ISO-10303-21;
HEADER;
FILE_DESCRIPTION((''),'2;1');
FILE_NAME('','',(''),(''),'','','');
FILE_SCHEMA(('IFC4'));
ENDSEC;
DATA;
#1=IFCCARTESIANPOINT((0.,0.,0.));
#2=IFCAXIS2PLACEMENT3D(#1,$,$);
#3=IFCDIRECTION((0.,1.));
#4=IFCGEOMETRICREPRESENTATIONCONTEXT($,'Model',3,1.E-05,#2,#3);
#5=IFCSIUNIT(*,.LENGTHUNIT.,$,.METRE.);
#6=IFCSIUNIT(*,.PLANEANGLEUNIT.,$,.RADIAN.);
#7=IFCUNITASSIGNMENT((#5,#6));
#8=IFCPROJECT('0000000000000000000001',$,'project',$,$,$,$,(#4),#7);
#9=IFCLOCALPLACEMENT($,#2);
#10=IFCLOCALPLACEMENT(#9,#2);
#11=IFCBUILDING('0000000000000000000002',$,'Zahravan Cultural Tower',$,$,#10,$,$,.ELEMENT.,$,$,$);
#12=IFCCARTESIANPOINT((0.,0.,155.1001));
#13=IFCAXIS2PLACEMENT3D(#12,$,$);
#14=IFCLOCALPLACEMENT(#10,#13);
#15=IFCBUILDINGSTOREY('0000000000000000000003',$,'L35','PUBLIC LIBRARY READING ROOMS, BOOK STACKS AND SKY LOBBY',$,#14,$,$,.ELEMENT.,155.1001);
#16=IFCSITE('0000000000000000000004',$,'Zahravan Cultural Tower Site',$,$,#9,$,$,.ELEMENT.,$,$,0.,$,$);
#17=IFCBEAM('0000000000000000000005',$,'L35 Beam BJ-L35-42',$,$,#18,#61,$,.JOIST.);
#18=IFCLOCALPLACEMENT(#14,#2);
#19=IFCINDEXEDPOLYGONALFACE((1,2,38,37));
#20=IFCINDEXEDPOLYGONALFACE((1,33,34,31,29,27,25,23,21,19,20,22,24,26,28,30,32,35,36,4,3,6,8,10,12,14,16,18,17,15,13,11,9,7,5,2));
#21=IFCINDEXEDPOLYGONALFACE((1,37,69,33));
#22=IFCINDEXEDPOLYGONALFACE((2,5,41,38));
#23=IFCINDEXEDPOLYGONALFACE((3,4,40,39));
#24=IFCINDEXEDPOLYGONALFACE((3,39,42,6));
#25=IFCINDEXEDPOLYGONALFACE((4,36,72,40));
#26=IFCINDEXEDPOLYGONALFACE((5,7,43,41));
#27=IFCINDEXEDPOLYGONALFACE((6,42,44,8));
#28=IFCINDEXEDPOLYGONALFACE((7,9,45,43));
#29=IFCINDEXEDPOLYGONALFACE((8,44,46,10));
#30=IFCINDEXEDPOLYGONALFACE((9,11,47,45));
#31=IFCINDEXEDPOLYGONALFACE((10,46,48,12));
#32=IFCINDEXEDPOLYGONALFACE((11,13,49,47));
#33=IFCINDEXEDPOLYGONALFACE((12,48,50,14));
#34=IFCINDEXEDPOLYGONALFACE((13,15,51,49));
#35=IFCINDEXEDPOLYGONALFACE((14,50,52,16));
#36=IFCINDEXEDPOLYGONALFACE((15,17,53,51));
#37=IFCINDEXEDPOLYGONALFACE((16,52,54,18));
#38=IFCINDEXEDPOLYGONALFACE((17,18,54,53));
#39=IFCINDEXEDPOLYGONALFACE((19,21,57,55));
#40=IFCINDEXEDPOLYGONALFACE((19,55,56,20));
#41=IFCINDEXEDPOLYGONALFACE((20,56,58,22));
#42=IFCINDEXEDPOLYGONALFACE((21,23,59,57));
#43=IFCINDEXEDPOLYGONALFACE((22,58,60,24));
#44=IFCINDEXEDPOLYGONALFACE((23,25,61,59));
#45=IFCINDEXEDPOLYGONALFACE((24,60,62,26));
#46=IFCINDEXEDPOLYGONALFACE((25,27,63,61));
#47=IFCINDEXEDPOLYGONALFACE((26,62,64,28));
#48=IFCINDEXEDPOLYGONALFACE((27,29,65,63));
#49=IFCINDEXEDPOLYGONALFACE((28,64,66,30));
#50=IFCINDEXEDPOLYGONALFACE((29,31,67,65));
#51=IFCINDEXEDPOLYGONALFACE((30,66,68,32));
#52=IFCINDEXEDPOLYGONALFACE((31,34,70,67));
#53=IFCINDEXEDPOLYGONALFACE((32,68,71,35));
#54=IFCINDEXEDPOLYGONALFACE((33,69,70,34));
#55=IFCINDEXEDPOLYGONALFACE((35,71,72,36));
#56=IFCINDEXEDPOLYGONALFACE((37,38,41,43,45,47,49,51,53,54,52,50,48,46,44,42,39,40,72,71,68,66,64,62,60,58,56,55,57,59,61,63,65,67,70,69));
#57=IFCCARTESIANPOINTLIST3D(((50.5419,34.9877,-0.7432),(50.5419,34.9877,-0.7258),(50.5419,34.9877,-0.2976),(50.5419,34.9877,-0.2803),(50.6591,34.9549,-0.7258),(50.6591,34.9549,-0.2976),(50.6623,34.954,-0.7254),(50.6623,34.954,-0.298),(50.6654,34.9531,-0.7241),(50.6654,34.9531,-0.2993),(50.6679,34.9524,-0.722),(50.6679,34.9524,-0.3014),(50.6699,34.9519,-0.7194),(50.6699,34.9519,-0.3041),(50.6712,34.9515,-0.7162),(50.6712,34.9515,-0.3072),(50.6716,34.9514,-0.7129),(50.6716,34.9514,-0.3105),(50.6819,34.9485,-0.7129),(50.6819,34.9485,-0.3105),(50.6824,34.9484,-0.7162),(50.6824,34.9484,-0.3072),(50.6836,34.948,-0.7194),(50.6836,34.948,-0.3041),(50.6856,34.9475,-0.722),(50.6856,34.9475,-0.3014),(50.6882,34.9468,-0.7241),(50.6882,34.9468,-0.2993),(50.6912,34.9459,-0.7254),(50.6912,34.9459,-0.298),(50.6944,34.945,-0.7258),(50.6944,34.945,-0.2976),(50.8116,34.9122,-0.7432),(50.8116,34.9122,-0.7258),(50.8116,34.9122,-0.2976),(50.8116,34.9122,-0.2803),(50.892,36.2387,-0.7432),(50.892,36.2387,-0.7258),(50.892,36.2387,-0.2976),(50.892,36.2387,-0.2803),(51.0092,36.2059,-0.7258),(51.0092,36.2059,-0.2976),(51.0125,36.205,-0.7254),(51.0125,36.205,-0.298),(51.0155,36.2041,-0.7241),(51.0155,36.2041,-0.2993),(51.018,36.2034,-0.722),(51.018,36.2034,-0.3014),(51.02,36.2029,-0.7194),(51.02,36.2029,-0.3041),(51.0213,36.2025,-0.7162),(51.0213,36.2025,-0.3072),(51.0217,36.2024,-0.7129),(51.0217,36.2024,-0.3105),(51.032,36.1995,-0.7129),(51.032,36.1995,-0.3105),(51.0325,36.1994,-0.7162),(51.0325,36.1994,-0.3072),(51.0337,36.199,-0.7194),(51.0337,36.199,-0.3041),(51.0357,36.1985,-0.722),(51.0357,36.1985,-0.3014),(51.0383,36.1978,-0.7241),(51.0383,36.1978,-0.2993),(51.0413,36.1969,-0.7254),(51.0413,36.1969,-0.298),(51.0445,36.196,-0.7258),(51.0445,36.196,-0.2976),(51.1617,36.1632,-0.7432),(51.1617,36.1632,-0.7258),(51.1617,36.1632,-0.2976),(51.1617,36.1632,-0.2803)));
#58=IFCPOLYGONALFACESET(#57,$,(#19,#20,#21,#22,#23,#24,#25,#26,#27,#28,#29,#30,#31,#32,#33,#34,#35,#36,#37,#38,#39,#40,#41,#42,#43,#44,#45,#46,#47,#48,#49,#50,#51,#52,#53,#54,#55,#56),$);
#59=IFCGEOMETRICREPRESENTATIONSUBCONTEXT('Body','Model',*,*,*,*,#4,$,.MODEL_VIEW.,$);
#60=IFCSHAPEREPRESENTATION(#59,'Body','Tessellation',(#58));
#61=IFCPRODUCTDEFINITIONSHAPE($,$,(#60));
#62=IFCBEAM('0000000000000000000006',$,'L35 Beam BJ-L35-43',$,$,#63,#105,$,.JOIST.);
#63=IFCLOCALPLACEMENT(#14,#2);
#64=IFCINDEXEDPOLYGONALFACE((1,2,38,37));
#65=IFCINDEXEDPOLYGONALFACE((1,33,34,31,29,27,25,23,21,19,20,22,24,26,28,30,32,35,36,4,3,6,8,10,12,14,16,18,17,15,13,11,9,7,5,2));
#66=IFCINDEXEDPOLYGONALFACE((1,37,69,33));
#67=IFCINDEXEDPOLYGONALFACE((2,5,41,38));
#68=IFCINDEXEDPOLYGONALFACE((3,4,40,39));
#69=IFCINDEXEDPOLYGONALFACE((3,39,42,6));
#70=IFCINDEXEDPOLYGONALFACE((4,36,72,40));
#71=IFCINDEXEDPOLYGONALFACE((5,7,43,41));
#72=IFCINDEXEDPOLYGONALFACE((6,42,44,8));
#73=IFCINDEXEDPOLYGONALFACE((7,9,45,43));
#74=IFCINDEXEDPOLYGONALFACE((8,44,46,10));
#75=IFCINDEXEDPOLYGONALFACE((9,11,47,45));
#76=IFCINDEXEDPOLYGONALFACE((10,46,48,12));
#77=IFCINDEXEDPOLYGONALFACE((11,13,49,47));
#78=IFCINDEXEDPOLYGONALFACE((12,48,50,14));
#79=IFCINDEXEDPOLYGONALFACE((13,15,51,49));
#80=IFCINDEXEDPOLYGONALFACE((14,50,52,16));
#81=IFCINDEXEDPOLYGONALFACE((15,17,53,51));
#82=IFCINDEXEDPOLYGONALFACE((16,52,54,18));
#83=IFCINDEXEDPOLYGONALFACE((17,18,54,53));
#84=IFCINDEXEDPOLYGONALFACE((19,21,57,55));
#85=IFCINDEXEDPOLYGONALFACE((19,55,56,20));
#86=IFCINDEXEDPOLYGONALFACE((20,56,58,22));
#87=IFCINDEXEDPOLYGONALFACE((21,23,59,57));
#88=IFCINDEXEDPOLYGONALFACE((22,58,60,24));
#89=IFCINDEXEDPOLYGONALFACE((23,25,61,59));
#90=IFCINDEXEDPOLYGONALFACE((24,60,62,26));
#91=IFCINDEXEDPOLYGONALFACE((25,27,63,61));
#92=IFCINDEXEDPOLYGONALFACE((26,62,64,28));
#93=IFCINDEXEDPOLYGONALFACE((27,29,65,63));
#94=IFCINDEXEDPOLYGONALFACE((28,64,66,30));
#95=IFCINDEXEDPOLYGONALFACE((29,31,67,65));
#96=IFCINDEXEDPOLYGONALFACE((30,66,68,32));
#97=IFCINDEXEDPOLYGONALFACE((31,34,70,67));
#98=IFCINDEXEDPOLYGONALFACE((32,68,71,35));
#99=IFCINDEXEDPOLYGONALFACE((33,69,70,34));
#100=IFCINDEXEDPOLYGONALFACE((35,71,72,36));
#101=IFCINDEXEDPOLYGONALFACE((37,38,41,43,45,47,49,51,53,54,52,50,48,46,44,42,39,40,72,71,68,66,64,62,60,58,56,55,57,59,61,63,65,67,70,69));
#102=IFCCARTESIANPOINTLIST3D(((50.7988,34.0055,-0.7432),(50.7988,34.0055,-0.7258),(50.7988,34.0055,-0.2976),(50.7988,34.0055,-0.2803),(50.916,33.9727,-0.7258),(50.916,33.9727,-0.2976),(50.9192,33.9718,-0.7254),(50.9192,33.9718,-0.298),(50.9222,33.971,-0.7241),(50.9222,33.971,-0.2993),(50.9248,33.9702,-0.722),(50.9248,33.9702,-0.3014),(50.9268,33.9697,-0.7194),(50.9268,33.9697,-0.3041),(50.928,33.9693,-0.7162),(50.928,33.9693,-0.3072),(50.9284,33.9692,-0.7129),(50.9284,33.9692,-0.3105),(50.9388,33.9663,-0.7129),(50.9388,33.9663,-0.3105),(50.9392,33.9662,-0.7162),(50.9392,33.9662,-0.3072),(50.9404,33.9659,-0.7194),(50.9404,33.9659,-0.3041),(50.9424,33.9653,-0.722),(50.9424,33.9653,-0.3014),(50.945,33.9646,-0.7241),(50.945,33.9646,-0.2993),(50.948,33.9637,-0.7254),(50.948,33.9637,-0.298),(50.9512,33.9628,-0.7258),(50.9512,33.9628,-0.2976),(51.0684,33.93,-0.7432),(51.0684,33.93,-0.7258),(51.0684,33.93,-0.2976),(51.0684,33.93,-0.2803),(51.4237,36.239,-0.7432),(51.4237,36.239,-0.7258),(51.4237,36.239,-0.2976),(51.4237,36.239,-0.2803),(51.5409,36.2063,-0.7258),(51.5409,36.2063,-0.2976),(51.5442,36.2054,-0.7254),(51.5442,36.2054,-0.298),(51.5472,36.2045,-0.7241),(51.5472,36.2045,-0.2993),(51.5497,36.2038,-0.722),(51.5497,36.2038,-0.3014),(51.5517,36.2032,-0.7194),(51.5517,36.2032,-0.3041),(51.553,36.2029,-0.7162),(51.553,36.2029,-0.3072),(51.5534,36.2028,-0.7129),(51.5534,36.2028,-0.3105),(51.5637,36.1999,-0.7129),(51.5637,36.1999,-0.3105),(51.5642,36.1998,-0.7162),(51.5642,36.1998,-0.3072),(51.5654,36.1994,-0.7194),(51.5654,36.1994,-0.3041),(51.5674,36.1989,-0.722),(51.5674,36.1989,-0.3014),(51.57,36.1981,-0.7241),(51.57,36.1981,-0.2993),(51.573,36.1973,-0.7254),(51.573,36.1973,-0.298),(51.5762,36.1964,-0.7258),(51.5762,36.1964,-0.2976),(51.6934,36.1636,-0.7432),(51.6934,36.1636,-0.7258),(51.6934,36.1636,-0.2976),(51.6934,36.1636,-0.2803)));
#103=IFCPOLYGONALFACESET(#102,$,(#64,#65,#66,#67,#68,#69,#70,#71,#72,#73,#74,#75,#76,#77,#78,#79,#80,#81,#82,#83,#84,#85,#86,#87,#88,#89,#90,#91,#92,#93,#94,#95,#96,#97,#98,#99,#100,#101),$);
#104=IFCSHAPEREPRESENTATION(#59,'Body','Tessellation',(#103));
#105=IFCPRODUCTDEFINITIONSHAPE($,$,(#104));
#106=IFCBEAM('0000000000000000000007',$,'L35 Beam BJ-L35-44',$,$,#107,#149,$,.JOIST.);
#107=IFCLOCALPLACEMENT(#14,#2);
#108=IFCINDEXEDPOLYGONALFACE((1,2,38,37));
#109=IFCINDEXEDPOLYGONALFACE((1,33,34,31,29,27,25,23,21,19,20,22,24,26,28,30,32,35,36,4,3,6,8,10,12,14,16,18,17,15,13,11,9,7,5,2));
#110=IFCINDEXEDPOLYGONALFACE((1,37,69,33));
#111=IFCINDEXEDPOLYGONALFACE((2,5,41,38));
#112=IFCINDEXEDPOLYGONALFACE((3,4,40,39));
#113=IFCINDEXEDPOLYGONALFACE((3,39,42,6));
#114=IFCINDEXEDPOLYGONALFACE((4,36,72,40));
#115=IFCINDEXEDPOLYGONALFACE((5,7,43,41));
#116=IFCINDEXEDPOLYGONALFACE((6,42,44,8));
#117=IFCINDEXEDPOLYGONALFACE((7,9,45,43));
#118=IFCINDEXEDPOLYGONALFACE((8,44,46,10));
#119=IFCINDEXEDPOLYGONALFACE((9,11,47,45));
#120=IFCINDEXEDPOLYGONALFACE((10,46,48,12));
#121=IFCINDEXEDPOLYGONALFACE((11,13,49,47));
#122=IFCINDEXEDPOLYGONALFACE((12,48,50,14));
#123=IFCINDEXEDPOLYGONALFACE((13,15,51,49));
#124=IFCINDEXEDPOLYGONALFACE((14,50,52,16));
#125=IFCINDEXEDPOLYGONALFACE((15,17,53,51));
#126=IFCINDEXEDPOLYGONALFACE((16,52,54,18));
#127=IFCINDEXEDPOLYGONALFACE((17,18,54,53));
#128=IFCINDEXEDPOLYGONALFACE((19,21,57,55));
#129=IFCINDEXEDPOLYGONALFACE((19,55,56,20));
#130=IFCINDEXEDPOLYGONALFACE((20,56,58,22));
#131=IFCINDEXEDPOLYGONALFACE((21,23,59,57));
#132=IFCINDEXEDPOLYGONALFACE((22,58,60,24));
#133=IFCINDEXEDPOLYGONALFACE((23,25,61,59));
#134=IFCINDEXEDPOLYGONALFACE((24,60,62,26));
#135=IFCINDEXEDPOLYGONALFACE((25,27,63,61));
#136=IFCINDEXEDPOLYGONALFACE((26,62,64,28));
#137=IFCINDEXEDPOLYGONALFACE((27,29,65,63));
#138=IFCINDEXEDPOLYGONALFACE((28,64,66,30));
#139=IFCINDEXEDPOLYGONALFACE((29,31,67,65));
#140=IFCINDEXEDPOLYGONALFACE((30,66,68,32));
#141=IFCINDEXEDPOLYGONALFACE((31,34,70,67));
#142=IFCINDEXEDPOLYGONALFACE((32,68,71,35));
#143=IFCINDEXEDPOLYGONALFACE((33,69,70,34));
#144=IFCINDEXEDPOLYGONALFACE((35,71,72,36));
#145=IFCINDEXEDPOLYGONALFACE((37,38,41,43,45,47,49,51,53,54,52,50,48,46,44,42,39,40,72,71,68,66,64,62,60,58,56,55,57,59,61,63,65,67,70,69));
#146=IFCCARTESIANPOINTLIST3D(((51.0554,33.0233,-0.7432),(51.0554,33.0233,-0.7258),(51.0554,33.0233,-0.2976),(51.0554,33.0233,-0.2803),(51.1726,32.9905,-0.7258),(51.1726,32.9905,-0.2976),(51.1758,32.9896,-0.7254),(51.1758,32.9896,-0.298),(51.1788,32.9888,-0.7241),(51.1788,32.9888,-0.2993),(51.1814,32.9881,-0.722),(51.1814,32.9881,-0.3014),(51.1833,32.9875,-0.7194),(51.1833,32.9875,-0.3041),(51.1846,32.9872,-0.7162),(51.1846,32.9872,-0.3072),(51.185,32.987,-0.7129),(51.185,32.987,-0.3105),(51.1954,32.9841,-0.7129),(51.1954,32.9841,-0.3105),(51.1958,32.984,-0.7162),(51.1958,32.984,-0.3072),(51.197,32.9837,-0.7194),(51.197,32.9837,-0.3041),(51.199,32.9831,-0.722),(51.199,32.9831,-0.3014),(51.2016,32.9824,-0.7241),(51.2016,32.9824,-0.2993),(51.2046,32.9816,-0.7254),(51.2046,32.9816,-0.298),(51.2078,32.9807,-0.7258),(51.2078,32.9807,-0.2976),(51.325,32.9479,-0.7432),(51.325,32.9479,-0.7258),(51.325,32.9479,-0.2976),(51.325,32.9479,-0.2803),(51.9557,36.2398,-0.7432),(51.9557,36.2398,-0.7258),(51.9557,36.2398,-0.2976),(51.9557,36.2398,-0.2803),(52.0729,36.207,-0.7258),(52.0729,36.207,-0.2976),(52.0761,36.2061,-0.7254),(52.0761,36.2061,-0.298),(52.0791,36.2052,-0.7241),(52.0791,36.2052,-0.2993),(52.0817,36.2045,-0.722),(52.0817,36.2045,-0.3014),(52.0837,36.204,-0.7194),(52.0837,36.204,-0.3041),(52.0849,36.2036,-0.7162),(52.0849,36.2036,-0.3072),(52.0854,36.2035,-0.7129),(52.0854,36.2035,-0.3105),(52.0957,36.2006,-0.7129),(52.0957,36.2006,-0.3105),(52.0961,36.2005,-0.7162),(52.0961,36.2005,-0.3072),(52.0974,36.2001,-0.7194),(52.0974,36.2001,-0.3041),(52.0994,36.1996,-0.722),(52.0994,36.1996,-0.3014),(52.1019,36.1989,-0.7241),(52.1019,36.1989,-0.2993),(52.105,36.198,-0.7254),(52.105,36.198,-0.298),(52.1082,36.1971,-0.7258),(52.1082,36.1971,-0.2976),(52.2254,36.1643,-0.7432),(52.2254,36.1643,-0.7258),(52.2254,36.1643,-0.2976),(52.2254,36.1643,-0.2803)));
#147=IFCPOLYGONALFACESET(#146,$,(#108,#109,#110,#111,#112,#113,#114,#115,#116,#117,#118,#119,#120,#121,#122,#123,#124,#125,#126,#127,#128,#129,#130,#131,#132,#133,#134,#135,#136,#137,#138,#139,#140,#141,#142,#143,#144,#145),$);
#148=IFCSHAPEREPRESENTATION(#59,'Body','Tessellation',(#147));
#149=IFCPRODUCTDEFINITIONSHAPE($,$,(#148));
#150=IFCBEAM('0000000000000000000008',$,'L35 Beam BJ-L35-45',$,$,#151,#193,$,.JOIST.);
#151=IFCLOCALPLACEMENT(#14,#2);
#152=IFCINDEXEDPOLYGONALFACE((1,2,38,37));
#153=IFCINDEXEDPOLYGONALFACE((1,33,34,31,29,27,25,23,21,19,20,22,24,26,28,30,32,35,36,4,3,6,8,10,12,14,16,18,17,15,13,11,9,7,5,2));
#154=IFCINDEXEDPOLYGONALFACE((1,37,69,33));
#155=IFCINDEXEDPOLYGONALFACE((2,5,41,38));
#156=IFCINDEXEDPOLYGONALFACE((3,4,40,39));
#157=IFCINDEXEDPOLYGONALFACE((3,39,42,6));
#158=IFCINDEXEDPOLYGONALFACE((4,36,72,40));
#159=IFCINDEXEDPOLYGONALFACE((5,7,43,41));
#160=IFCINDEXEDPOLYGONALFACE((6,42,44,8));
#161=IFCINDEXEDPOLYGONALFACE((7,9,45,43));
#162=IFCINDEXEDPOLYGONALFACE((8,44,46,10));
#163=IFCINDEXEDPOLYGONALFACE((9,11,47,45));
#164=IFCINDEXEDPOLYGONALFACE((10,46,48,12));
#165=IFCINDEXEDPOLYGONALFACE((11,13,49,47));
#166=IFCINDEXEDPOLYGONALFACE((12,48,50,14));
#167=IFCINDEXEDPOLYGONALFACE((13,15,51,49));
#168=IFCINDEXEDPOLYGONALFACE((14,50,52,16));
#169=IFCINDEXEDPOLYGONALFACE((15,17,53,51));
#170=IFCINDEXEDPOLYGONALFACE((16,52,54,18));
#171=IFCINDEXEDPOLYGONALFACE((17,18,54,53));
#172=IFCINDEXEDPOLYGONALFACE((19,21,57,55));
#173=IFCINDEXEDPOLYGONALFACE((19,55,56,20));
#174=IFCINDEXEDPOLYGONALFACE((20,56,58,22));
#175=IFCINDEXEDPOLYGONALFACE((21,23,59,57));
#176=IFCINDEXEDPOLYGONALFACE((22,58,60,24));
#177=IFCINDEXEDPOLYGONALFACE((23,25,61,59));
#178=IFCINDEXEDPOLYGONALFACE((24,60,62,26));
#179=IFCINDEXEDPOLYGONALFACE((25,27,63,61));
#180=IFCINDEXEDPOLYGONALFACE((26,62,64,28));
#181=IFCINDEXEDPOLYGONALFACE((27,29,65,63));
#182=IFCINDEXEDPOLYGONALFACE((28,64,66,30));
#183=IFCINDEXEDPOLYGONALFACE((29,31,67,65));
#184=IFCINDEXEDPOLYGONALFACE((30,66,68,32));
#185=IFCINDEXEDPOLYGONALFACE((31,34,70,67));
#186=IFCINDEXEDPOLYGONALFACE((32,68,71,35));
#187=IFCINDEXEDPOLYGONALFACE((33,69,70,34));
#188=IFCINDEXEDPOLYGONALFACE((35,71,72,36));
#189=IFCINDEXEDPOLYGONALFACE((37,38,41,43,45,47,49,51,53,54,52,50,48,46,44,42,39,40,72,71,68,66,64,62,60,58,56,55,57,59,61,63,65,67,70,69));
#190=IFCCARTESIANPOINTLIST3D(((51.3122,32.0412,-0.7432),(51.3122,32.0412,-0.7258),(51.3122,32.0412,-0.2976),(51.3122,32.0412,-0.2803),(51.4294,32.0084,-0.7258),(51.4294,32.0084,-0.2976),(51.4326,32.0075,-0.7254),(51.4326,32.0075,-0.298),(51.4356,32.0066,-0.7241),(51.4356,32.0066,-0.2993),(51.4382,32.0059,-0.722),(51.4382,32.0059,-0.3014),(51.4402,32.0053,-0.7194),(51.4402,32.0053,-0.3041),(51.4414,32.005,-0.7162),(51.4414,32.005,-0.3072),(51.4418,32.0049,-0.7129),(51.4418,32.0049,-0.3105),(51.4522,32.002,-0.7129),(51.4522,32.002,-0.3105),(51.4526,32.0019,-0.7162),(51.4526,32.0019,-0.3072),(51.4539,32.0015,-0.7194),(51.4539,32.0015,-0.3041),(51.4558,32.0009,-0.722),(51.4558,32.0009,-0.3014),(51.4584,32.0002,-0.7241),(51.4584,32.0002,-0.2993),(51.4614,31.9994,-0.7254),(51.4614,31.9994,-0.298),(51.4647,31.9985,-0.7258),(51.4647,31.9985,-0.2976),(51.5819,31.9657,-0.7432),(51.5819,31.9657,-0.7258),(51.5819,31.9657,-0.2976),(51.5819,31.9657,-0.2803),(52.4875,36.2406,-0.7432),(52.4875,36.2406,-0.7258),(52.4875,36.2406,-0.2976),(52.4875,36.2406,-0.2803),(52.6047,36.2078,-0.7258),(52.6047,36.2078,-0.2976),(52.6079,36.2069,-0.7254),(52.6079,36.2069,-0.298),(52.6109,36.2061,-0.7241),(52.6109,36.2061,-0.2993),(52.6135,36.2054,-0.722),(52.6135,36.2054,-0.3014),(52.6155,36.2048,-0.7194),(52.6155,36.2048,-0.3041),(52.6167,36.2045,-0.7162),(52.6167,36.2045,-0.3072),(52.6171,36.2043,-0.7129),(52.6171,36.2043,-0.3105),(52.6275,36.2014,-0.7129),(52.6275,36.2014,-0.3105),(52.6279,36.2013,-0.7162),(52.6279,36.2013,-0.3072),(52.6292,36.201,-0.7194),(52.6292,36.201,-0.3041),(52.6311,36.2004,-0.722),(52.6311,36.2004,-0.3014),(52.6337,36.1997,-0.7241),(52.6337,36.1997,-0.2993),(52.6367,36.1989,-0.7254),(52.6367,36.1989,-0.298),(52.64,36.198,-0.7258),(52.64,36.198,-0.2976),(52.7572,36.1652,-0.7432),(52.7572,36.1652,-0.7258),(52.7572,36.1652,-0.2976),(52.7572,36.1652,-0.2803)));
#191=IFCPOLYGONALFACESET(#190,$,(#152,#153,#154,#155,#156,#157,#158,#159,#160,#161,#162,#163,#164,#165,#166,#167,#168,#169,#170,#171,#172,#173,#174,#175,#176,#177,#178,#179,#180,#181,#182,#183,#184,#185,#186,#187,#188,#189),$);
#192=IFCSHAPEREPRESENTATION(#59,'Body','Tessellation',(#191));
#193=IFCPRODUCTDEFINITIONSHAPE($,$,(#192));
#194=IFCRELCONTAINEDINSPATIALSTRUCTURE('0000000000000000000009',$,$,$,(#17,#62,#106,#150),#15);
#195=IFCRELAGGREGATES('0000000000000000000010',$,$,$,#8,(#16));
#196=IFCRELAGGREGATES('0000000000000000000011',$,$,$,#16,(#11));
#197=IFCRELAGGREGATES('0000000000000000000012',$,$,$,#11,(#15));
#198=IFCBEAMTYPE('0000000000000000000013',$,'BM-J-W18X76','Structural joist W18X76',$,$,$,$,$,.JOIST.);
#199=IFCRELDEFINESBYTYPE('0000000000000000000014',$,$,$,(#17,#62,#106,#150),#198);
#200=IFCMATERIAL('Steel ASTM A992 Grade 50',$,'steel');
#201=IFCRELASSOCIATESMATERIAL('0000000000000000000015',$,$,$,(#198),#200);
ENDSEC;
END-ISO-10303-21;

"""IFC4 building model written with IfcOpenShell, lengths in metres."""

from ifc_helpers import new_model, si_unit, direction, frame, origin, origin_2d, place, context, subcontext, project, spatial, i_section, extrude, source, transform, mapped, material, material_profile, profile_set, type_object, element, save


model = new_model("IFC4")

# Units and contexts
model_context = context("Model", 3, precision=1e-05, world=origin(), true_north=direction((0.0, 1.0)))
body_context = subcontext(model_context, "Body", "Model", "MODEL_VIEW")
ifc_project = project(units=[si_unit("LENGTHUNIT", "METRE"), si_unit("PLANEANGLEUNIT", "RADIAN")], contexts=[model_context])

# Site, building, storey
site_placement = place(None, origin())
site = spatial("IfcSite", under=ifc_project, at=site_placement, Name="Zahravan Cultural Tower Site", CompositionType="ELEMENT", RefElevation=0.0)
building_placement = place(site_placement, origin())
building = spatial("IfcBuilding", under=site, at=building_placement, Name="Zahravan Cultural Tower", CompositionType="ELEMENT")
storey_placement = place(building_placement, frame((0.0, 0.0, 155.1001)))
storey = spatial("IfcBuildingStorey", under=building, at=storey_placement, Name="L35", Description="PUBLIC LIBRARY READING ROOMS, BOOK STACKS AND SKY LOBBY", CompositionType="ELEMENT", Elevation=155.1001)

# Shared definitions
ifc_material_1 = material(Name="Steel ASTM A992 Grade 50", Category="steel")

# Beams
ifc_material_profile_1 = material_profile(ifc_material_1, i_section(OverallWidth=0.28, OverallDepth=0.4629, WebThickness=0.0107, FlangeThickness=0.0173, FilletRadius=0.0129, at=origin_2d()), Name="W18X76")
ifc_profile_set_1 = profile_set([ifc_material_profile_1], Name="Steel ASTM A992 Grade 50")
beam_type_1 = type_object("IfcBeamType", Name="BM-J-W18X76", Description="Structural joist W18X76", PredefinedType="JOIST", material=ifc_profile_set_1)
shared_shape_1 = source(origin(), body_context, "Body", "SweptSolid", [
    extrude(i_section(OverallWidth=0.28, OverallDepth=0.4629, WebThickness=0.0107, FlangeThickness=0.0173, FilletRadius=0.0129, at=origin_2d()), origin(), (0.0, 0.0, 1.0), 1.2991),
])
beam_1_placement = place(storey_placement, frame((50.6768, 34.95, -0.5117), z_axis=(0.269504, 0.962999, 0.0), x_axis=(-0.962999, 0.269504, 0.0)))
element("IfcBeam", 1, at=beam_1_placement, inside=storey, type_object=beam_type_1, Name="L35 Beam BJ-L35-42", PredefinedType="JOIST", context=body_context, shape_type="MappedRepresentation", body=[
    mapped(shared_shape_1, transform((0.0, 0.0, 0.0), x_axis=(1.0, 0.0, 0.0), y_axis=(0.0, 1.0, 0.0), z_axis=(0.0, 0.0, 1.0), scale=1.0)),
])
shared_shape_2 = source(origin(), body_context, "Body", "SweptSolid", [
    extrude(i_section(OverallWidth=0.28, OverallDepth=0.4629, WebThickness=0.0107, FlangeThickness=0.0173, FilletRadius=0.0129, at=origin_2d()), origin(), (0.0, 0.0, 1.0), 2.3193),
])
beam_2_placement = place(storey_placement, frame((50.9336, 33.9678, -0.5117), z_axis=(0.269462, 0.963011, 0.0), x_axis=(-0.963011, 0.269462, 0.0)))
element("IfcBeam", 2, at=beam_2_placement, inside=storey, type_object=beam_type_1, Name="L35 Beam BJ-L35-43", PredefinedType="JOIST", context=body_context, shape_type="MappedRepresentation", body=[
    mapped(shared_shape_2, transform((0.0, 0.0, 0.0), x_axis=(1.0, 0.0, 0.0), y_axis=(0.0, 1.0, 0.0), z_axis=(0.0, 0.0, 1.0), scale=1.0)),
])
shared_shape_3 = source(origin(), body_context, "Body", "SweptSolid", [
    extrude(i_section(OverallWidth=0.28, OverallDepth=0.4629, WebThickness=0.0107, FlangeThickness=0.0173, FilletRadius=0.0129, at=origin_2d()), origin(), (0.0, 0.0, 1.0), 3.3401),
])
beam_3_placement = place(storey_placement, frame((51.1902, 32.9856, -0.5117), z_axis=(0.269562, 0.962983, 0.0), x_axis=(-0.962983, 0.269562, 0.0)))
element("IfcBeam", 3, at=beam_3_placement, inside=storey, type_object=beam_type_1, Name="L35 Beam BJ-L35-44", PredefinedType="JOIST", context=body_context, shape_type="MappedRepresentation", body=[
    mapped(shared_shape_3, transform((0.0, 0.0, 0.0), x_axis=(1.0, 0.0, 0.0), y_axis=(0.0, 1.0, 0.0), z_axis=(0.0, 0.0, 1.0), scale=1.0)),
])
shared_shape_4 = source(origin(), body_context, "Body", "SweptSolid", [
    extrude(i_section(OverallWidth=0.28, OverallDepth=0.4629, WebThickness=0.0107, FlangeThickness=0.0173, FilletRadius=0.0129, at=origin_2d()), origin(), (0.0, 0.0, 1.0), 4.3608),
])
beam_4_placement = place(storey_placement, frame((51.447, 32.0034, -0.5117), z_axis=(0.269512, 0.962997, 0.0), x_axis=(-0.962997, 0.269512, 0.0)))
element("IfcBeam", 4, at=beam_4_placement, inside=storey, type_object=beam_type_1, Name="L35 Beam BJ-L35-45", PredefinedType="JOIST", context=body_context, shape_type="MappedRepresentation", body=[
    mapped(shared_shape_4, transform((0.0, 0.0, 0.0), x_axis=(1.0, 0.0, 0.0), y_axis=(0.0, 1.0, 0.0), z_axis=(0.0, 0.0, 1.0), scale=1.0)),
])

save(model, "model.ifc")
